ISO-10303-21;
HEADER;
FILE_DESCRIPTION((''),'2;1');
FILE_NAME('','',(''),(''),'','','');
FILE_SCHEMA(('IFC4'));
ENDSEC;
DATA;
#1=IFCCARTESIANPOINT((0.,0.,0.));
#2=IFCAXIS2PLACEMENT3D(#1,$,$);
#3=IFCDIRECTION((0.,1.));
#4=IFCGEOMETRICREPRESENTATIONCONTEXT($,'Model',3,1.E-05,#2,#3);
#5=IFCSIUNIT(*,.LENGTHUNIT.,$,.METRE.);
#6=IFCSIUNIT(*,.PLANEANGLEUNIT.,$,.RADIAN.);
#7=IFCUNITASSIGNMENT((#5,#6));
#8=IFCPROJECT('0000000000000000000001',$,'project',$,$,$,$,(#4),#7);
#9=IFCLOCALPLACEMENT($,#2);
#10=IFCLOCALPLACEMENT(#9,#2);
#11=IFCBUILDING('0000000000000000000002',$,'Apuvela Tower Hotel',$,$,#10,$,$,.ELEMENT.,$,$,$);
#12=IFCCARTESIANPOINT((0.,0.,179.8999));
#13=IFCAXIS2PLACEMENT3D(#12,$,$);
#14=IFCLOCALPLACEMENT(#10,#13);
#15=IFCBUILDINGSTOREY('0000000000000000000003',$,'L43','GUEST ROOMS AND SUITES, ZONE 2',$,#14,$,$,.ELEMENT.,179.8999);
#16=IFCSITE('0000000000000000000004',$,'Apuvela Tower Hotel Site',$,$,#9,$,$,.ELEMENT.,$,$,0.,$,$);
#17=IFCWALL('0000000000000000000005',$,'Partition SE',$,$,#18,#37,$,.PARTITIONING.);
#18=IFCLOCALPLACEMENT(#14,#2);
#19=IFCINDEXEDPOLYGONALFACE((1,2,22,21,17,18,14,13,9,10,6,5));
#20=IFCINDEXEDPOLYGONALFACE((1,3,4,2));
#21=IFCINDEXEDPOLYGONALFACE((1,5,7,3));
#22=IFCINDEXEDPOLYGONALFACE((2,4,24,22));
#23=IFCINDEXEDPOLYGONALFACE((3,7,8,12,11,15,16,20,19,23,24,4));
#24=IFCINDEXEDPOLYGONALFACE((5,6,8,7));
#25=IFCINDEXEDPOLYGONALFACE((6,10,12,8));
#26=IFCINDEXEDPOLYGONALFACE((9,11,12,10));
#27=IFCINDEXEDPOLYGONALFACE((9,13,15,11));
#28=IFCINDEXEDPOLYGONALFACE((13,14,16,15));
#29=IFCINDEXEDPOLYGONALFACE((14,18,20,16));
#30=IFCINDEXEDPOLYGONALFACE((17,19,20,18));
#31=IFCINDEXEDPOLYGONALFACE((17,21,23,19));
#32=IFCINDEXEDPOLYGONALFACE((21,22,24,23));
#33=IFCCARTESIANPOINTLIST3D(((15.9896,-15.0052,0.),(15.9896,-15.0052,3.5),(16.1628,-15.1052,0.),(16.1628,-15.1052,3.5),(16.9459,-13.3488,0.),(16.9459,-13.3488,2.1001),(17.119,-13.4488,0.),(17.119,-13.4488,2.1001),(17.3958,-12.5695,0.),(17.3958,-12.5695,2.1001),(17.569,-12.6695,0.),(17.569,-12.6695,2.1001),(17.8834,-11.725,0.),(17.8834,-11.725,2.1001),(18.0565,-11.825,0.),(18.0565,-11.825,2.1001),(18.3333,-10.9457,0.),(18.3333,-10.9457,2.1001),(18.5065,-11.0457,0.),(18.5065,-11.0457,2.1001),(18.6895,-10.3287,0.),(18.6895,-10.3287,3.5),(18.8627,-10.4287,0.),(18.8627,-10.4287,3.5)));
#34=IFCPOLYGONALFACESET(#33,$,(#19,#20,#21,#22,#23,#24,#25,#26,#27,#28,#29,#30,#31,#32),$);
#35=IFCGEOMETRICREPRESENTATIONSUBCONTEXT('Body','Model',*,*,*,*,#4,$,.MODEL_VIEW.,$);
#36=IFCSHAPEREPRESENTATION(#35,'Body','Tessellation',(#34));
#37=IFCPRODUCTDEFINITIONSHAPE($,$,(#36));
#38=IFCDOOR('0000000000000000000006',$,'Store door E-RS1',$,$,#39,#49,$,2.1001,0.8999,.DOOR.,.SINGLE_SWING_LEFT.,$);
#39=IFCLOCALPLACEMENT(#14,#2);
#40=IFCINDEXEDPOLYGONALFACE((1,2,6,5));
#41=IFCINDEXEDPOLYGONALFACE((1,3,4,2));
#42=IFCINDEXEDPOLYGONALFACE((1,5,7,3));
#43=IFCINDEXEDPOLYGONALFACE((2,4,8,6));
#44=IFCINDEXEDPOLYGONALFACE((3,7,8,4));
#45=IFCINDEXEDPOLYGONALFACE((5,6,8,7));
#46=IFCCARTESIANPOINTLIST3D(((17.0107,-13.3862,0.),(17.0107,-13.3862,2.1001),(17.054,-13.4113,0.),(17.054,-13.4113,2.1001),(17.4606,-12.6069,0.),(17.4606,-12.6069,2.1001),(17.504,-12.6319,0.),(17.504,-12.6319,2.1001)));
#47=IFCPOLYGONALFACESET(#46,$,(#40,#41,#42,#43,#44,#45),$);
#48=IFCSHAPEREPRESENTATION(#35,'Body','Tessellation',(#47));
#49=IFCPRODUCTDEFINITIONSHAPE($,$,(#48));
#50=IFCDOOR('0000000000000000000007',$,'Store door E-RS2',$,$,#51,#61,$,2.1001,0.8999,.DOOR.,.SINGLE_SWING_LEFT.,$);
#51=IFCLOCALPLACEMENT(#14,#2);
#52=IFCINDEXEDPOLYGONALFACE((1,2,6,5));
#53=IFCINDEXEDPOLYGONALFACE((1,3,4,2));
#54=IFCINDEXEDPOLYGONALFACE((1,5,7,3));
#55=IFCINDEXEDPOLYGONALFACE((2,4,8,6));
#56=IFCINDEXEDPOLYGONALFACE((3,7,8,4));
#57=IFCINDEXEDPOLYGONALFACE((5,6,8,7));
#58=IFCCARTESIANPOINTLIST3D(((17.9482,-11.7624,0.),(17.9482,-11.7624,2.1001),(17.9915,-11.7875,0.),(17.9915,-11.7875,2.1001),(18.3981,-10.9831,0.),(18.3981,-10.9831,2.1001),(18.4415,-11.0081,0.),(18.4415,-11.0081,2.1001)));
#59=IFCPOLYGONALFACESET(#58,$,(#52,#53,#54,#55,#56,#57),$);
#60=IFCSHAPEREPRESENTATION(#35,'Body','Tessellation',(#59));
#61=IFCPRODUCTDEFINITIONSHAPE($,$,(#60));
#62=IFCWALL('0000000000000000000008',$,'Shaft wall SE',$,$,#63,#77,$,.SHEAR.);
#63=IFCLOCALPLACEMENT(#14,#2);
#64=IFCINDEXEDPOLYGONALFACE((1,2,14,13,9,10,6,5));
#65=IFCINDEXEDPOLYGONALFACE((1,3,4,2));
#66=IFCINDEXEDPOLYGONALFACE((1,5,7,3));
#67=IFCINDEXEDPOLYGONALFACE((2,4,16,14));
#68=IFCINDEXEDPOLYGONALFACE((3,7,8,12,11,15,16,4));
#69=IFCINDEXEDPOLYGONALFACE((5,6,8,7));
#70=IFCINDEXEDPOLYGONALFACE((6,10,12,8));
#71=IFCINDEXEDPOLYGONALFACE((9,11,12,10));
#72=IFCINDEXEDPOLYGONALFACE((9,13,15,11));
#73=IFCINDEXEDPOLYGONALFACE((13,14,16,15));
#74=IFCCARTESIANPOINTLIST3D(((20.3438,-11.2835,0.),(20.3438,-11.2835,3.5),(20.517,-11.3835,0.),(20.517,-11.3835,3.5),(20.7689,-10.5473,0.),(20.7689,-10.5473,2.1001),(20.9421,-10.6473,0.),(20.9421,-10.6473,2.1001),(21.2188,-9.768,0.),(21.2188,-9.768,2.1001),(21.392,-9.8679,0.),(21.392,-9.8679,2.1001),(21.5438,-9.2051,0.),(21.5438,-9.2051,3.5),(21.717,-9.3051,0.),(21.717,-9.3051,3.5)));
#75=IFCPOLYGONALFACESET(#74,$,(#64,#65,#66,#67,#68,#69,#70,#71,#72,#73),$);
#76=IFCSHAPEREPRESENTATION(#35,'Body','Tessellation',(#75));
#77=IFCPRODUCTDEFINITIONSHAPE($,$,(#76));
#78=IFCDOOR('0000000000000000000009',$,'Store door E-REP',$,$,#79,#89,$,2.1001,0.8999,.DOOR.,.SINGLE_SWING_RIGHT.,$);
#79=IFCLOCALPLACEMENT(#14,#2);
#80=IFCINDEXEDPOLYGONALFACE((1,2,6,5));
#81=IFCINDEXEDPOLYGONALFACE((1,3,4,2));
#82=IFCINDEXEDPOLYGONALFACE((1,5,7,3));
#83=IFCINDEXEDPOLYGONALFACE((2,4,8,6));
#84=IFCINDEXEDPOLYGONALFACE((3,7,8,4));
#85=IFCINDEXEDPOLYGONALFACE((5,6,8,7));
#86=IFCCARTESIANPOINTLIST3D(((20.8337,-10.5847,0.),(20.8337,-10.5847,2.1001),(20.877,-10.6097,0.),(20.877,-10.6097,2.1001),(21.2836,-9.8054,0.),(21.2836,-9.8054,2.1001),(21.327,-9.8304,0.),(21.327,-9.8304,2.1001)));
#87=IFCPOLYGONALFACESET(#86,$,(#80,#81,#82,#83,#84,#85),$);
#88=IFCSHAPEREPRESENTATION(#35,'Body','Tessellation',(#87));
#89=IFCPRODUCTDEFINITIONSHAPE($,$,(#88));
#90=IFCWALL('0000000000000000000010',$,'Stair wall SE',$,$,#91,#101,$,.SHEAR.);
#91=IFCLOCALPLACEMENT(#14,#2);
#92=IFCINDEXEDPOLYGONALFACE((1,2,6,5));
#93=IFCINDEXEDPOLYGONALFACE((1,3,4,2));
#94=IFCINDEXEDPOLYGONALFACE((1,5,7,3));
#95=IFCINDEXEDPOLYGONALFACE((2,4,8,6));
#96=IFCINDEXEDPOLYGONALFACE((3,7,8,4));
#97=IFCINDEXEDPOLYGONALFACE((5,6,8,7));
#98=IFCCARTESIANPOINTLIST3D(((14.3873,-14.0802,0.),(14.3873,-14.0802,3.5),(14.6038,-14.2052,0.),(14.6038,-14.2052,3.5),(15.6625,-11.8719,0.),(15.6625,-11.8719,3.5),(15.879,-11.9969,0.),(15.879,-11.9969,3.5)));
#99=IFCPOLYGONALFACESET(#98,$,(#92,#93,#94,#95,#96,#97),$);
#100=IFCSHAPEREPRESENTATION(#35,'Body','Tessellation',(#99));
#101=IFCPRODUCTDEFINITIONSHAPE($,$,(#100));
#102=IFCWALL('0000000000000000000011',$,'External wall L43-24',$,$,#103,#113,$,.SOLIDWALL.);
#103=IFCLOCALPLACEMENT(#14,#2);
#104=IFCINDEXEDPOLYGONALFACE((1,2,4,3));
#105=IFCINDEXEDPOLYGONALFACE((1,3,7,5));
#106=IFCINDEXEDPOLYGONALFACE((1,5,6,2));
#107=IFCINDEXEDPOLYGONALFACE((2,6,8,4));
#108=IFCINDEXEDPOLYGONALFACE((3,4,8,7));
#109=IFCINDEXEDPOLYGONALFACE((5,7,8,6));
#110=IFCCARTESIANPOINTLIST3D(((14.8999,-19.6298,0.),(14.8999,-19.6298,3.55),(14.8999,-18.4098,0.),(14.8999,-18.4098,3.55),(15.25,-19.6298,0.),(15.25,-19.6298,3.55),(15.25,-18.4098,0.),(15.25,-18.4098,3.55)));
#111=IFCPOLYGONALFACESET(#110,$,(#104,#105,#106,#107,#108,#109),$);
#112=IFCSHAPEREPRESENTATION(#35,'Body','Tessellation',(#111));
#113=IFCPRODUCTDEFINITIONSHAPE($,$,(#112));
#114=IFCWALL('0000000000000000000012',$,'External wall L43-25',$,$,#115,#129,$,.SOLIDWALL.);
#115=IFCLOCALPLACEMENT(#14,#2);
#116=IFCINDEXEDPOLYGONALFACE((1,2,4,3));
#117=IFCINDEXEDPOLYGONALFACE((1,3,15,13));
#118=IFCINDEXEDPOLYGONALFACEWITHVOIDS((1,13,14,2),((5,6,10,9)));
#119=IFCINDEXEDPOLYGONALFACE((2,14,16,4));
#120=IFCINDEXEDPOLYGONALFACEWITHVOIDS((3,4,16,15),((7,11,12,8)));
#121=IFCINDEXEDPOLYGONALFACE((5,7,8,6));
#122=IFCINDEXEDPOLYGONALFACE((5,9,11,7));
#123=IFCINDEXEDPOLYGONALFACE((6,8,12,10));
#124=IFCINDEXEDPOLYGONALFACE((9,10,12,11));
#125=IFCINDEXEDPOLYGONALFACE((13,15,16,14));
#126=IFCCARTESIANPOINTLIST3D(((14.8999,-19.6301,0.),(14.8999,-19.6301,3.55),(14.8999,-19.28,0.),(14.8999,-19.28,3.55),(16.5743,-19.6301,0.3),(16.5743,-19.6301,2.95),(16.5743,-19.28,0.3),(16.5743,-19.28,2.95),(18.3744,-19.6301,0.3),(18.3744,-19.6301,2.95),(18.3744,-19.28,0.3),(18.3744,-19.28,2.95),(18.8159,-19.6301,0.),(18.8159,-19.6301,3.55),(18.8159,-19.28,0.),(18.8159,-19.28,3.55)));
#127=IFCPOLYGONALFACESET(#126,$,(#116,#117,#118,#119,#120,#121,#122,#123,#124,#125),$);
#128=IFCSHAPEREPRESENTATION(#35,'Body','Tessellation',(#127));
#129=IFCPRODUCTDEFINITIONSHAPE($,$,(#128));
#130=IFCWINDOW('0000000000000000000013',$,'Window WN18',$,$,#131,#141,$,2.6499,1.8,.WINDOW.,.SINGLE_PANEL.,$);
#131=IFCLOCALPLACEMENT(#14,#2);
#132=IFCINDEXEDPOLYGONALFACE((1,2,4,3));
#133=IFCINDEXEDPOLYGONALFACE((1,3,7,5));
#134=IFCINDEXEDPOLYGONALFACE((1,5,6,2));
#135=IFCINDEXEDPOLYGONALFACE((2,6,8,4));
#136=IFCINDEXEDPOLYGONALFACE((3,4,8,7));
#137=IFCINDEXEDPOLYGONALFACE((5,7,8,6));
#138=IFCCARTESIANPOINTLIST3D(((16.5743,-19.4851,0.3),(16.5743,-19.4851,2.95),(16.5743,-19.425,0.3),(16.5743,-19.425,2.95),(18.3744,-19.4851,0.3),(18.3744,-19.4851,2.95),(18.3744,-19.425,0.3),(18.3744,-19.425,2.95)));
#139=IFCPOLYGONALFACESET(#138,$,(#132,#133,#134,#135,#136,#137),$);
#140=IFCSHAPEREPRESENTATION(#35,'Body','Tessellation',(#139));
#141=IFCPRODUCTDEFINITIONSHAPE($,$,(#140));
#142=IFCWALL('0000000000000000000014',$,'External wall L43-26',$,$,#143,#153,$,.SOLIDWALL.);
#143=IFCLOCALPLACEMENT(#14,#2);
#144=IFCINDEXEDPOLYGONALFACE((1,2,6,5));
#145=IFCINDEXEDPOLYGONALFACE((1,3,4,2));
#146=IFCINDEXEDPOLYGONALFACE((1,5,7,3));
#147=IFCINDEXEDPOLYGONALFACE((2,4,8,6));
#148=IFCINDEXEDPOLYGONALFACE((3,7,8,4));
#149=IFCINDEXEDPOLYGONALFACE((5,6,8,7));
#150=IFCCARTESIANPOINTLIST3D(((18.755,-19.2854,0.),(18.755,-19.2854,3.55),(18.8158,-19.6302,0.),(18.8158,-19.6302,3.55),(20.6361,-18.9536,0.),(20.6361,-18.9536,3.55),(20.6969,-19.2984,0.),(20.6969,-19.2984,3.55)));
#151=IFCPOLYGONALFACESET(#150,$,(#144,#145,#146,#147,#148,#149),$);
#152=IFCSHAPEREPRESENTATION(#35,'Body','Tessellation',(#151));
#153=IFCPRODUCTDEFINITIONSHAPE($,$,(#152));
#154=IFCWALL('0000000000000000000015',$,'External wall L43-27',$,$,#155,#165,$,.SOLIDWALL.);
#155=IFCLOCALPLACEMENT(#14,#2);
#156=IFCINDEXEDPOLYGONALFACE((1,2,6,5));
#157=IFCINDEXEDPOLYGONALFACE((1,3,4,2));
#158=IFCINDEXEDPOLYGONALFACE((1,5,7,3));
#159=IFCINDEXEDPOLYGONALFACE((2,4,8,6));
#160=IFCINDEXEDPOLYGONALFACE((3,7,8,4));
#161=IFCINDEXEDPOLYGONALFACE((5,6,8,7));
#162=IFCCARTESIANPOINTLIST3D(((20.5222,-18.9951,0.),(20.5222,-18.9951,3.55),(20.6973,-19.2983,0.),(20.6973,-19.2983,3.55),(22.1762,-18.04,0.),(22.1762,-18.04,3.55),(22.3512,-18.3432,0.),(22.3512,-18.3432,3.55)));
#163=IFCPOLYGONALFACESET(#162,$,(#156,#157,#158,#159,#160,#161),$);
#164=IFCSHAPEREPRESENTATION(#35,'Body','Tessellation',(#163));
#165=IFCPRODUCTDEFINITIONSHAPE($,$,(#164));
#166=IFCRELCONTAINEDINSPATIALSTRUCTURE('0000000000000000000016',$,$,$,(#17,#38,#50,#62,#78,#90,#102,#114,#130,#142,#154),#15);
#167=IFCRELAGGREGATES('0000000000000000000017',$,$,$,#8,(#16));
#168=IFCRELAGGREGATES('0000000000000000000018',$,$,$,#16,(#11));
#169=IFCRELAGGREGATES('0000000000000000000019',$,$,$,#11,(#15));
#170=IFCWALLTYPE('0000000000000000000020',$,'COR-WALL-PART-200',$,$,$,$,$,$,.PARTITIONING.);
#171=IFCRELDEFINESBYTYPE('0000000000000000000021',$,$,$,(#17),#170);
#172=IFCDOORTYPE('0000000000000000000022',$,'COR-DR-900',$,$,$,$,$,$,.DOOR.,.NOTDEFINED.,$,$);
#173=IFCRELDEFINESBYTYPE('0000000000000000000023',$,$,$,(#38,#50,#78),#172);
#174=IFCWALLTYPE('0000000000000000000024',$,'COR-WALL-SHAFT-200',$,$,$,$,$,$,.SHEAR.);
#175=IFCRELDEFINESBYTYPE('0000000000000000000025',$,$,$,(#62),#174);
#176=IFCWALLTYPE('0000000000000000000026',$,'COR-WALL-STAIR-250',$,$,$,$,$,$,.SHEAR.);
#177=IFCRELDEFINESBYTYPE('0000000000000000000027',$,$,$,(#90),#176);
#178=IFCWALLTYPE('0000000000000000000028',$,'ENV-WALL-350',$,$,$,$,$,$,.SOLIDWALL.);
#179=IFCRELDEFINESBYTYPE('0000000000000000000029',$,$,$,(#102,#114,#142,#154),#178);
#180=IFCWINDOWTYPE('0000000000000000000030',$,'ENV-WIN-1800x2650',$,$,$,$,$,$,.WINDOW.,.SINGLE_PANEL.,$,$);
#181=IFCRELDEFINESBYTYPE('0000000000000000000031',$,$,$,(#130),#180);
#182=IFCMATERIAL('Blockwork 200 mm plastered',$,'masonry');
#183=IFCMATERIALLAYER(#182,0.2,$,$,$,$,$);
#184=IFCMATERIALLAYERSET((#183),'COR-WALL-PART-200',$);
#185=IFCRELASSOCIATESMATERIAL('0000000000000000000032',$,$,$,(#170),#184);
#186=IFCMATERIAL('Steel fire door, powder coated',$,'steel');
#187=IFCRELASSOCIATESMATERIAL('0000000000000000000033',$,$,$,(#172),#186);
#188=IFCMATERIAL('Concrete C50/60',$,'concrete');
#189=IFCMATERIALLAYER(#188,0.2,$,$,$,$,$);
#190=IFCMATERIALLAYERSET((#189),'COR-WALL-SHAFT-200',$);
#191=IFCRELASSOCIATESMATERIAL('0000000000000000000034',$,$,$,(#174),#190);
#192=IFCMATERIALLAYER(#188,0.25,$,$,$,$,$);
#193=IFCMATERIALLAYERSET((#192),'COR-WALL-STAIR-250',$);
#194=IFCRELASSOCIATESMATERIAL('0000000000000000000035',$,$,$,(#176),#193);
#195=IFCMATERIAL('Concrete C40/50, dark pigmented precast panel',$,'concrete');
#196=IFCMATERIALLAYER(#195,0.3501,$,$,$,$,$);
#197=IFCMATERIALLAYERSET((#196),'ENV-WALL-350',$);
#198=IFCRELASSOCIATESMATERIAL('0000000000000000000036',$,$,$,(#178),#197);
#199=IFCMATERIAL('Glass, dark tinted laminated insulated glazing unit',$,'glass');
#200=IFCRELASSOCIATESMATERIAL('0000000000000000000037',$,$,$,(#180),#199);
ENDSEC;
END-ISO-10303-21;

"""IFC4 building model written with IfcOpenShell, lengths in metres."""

from ifc_helpers import new_model, si_unit, direction, frame, frame_2d, origin, place, context, subcontext, project, spatial, rectangle, extrude, material, layer, layer_set, type_object, element, fill, save


model = new_model("IFC4")

# Units and contexts
model_context = context("Model", 3, precision=1e-05, world=origin(), true_north=direction((0.0, 1.0)))
body_context = subcontext(model_context, "Body", "Model", "MODEL_VIEW")
ifc_project = project(units=[si_unit("LENGTHUNIT", "METRE"), si_unit("PLANEANGLEUNIT", "RADIAN")], contexts=[model_context])

# Site, building, storey
site_placement = place(None, origin())
site = spatial("IfcSite", under=ifc_project, at=site_placement, Name="Apuvela Tower Hotel Site", CompositionType="ELEMENT", RefElevation=0.0)
building_placement = place(site_placement, origin())
building = spatial("IfcBuilding", under=site, at=building_placement, Name="Apuvela Tower Hotel", CompositionType="ELEMENT")
storey_placement = place(building_placement, frame((0.0, 0.0, 179.8999)))
storey = spatial("IfcBuildingStorey", under=building, at=storey_placement, Name="L43", Description="GUEST ROOMS AND SUITES, ZONE 2", CompositionType="ELEMENT", Elevation=179.8999)

# Wall, openings, doors
ifc_material_1 = material(Name="Blockwork 200 mm plastered", Category="masonry")
ifc_layer_1 = layer(ifc_material_1, 0.2)
ifc_layer_set_1 = layer_set([ifc_layer_1], Name="COR-WALL-PART-200")
wall_type_1 = type_object("IfcWallType", Name="COR-WALL-PART-200", PredefinedType="PARTITIONING", material=ifc_layer_set_1)
wall_1_placement = place(storey_placement, frame((16.0762, -15.0552, 0.0), z_axis=(0.0, 0.0, 1.0), x_axis=(0.499995, 0.866028, 0.0)))
wall_1 = element("IfcWall", 1, at=wall_1_placement, inside=storey, type_object=wall_type_1, Name="Partition SE", PredefinedType="PARTITIONING", context=body_context, shape_type="SweptSolid", body=[
    extrude(rectangle(XDim=5.3999, YDim=0.2, at=frame_2d((2.7, 0.0))), origin(), (0.0, 0.0, 1.0), 3.5),
])
opening_1_placement = place(wall_1_placement, frame((1.9126, 0.0, 0.0)))
opening_1 = element("IfcOpeningElement", 2, at=opening_1_placement, cuts=wall_1, PredefinedType="OPENING", context=body_context, shape_type="SweptSolid", body=[
    extrude(rectangle(XDim=0.8999, YDim=2.1001, at=frame_2d((0.45, 1.05))), frame((0.0, 0.1099, 0.0), z_axis=(0.0, -1.0, 0.0), x_axis=(1.0, 0.0, 0.0)), (0.0, 0.0, 1.0), 0.22),
])
opening_2_placement = place(wall_1_placement, frame((3.7876, 0.0, 0.0)))
opening_2 = element("IfcOpeningElement", 3, at=opening_2_placement, cuts=wall_1, PredefinedType="OPENING", context=body_context, shape_type="SweptSolid", body=[
    extrude(rectangle(XDim=0.8999, YDim=2.1001, at=frame_2d((0.45, 1.05))), frame((0.0, 0.1099, 0.0), z_axis=(0.0, -1.0, 0.0), x_axis=(1.0, 0.0, 0.0)), (0.0, 0.0, 1.0), 0.22),
])
ifc_material_2 = material(Name="Steel fire door, powder coated", Category="steel")
door_type_1 = type_object("IfcDoorType", Name="COR-DR-900", OperationType="NOTDEFINED", PredefinedType="DOOR", material=ifc_material_2)
door_1_placement = place(opening_1_placement, frame((0.8999, 0.0, 0.0), z_axis=(0.0, 0.0, 1.0), x_axis=(-1.0, 0.0, 0.0)))
door_1 = element("IfcDoor", 4, at=door_1_placement, inside=storey, type_object=door_type_1, Name="Store door E-RS1", OperationType="SINGLE_SWING_LEFT", OverallHeight=2.1001, OverallWidth=0.8999, PredefinedType="DOOR", context=body_context, shape_type="SweptSolid", body=[
    extrude(rectangle(XDim=0.8999, YDim=2.1001, at=frame_2d((0.45, 1.05))), frame((0.0, 0.0249, 0.0), z_axis=(0.0, -1.0, 0.0), x_axis=(1.0, 0.0, 0.0)), (0.0, 0.0, 1.0), 0.05),
])
fill(opening_1, door_1)
door_2_placement = place(opening_2_placement, frame((0.8999, 0.0, 0.0), z_axis=(0.0, 0.0, 1.0), x_axis=(-1.0, 0.0, 0.0)))
door_2 = element("IfcDoor", 5, at=door_2_placement, inside=storey, type_object=door_type_1, Name="Store door E-RS2", OperationType="SINGLE_SWING_LEFT", OverallHeight=2.1001, OverallWidth=0.8999, PredefinedType="DOOR", context=body_context, shape_type="SweptSolid", body=[
    extrude(rectangle(XDim=0.8999, YDim=2.1001, at=frame_2d((0.45, 1.05))), frame((0.0, 0.0249, 0.0), z_axis=(0.0, -1.0, 0.0), x_axis=(1.0, 0.0, 0.0)), (0.0, 0.0, 1.0), 0.05),
])
fill(opening_2, door_2)

# Wall, opening, door
ifc_material_3 = material(Name="Concrete C50/60", Category="concrete")
ifc_layer_2 = layer(ifc_material_3, 0.2)
ifc_layer_set_2 = layer_set([ifc_layer_2], Name="COR-WALL-SHAFT-200")
wall_type_2 = type_object("IfcWallType", Name="COR-WALL-SHAFT-200", PredefinedType="SHEAR", material=ifc_layer_set_2)
wall_2_placement = place(storey_placement, frame((20.4304, -11.3335, 0.0), z_axis=(0.0, 0.0, 1.0), x_axis=(0.500001, 0.866025, 0.0)))
wall_2 = element("IfcWall", 6, at=wall_2_placement, inside=storey, type_object=wall_type_2, Name="Shaft wall SE", PredefinedType="SHEAR", context=body_context, shape_type="SweptSolid", body=[
    extrude(rectangle(XDim=2.3999, YDim=0.2, at=frame_2d((1.2, 0.0))), origin(), (0.0, 0.0, 1.0), 3.5),
])
opening_3_placement = place(wall_2_placement, frame((0.8501, 0.0, 0.0)))
opening_3 = element("IfcOpeningElement", 7, at=opening_3_placement, cuts=wall_2, PredefinedType="OPENING", context=body_context, shape_type="SweptSolid", body=[
    extrude(rectangle(XDim=0.8999, YDim=2.1001, at=frame_2d((0.45, 1.05))), frame((0.0, 0.1099, 0.0), z_axis=(0.0, -1.0, 0.0), x_axis=(1.0, 0.0, 0.0)), (0.0, 0.0, 1.0), 0.22),
])
door_3_placement = place(opening_3_placement, frame((0.8999, 0.0, 0.0), z_axis=(0.0, 0.0, 1.0), x_axis=(-1.0, 0.0, 0.0)))
door_3 = element("IfcDoor", 8, at=door_3_placement, inside=storey, type_object=door_type_1, Name="Store door E-REP", OperationType="SINGLE_SWING_RIGHT", OverallHeight=2.1001, OverallWidth=0.8999, PredefinedType="DOOR", context=body_context, shape_type="SweptSolid", body=[
    extrude(rectangle(XDim=0.8999, YDim=2.1001, at=frame_2d((0.45, 1.05))), frame((0.0, 0.0249, 0.0), z_axis=(0.0, -1.0, 0.0), x_axis=(1.0, 0.0, 0.0)), (0.0, 0.0, 1.0), 0.05),
])
fill(opening_3, door_3)

# Walls
ifc_layer_3 = layer(ifc_material_3, 0.25)
ifc_layer_set_3 = layer_set([ifc_layer_3], Name="COR-WALL-STAIR-250")
wall_type_3 = type_object("IfcWallType", Name="COR-WALL-STAIR-250", PredefinedType="SHEAR", material=ifc_layer_set_3)
wall_3_placement = place(storey_placement, frame((14.4956, -14.1426, 0.0), z_axis=(0.0, 0.0, 1.0), x_axis=(0.500062, 0.865989, 0.0)))
element("IfcWall", 9, at=wall_3_placement, inside=storey, type_object=wall_type_3, Name="Stair wall SE", PredefinedType="SHEAR", context=body_context, shape_type="SweptSolid", body=[
    extrude(rectangle(XDim=2.55, YDim=0.25, at=frame_2d((1.2749, 0.0))), origin(), (0.0, 0.0, 1.0), 3.5),
])
ifc_material_4 = material(Name="Concrete C40/50, dark pigmented precast panel", Category="concrete")
ifc_layer_4 = layer(ifc_material_4, 0.3501)
ifc_layer_set_4 = layer_set([ifc_layer_4], Name="ENV-WALL-350")
wall_type_4 = type_object("IfcWallType", Name="ENV-WALL-350", PredefinedType="SOLIDWALL", material=ifc_layer_set_4)
wall_4_placement = place(storey_placement, frame((15.075, -18.4099, 0.0), z_axis=(0.0, 0.0, 1.0), x_axis=(0.0, -1.0, 0.0)))
element("IfcWall", 10, at=wall_4_placement, inside=storey, type_object=wall_type_4, Name="External wall L43-24", PredefinedType="SOLIDWALL", context=body_context, shape_type="SweptSolid", body=[
    extrude(rectangle(XDim=1.22, YDim=0.3501, at=frame_2d((0.6099, 0.0))), origin(), (0.0, 0.0, 1.0), 3.55),
])

# Wall, opening, window
wall_5_placement = place(storey_placement, frame((14.8999, -19.4551, 0.0), z_axis=(0.0, 0.0, 1.0), x_axis=(1.0, 0.0, 0.0)))
wall_5 = element("IfcWall", 11, at=wall_5_placement, inside=storey, type_object=wall_type_4, Name="External wall L43-25", PredefinedType="SOLIDWALL", context=body_context, shape_type="SweptSolid", body=[
    extrude(rectangle(XDim=3.916, YDim=0.3501, at=frame_2d((1.958, 0.0))), origin(), (0.0, 0.0, 1.0), 3.55),
])
opening_4_placement = place(wall_5_placement, frame((1.6746, 0.0, 0.3)))
opening_4 = element("IfcOpeningElement", 12, at=opening_4_placement, cuts=wall_5, PredefinedType="OPENING", context=body_context, shape_type="SweptSolid", body=[
    extrude(rectangle(XDim=1.8, YDim=2.6499, at=frame_2d((0.8999, 1.325))), frame((0.0, 0.1851, 0.0), z_axis=(0.0, -1.0, 0.0), x_axis=(1.0, 0.0, 0.0)), (0.0, 0.0, 1.0), 0.3701),
])
ifc_material_5 = material(Name="Glass, dark tinted laminated insulated glazing unit", Category="glass")
window_type = type_object("IfcWindowType", Name="ENV-WIN-1800x2650", PartitioningType="SINGLE_PANEL", PredefinedType="WINDOW", material=ifc_material_5)
window_placement = place(opening_4_placement, origin())
window = element("IfcWindow", 13, at=window_placement, inside=storey, type_object=window_type, Name="Window WN18", OverallHeight=2.6499, OverallWidth=1.8, PartitioningType="SINGLE_PANEL", PredefinedType="WINDOW", context=body_context, shape_type="SweptSolid", body=[
    extrude(rectangle(XDim=1.8, YDim=2.6499, at=frame_2d((0.8999, 1.325))), frame((0.0, 0.03, 0.0), z_axis=(0.0, -1.0, 0.0), x_axis=(1.0, 0.0, 0.0)), (0.0, 0.0, 1.0), 0.0601),
])
fill(opening_4, window)

# Walls
wall_6_placement = place(storey_placement, frame((18.7854, -19.4578, 0.0), z_axis=(0.0, 0.0, 1.0), x_axis=(0.984799, 0.173698, 0.0)))
element("IfcWall", 14, at=wall_6_placement, inside=storey, type_object=wall_type_4, Name="External wall L43-26", PredefinedType="SOLIDWALL", context=body_context, shape_type="SweptSolid", body=[
    extrude(rectangle(XDim=1.9102, YDim=0.3501, at=frame_2d((0.9551, 0.0))), origin(), (0.0, 0.0, 1.0), 3.55),
])
for number, where, z_axis, x_axis, name in (
    (15, (20.6096, -19.1467, 0.0), (0.0, 0.0, 1.0), (0.866, 0.500043, 0.0), "External wall L43-27"),
):
    element("IfcWall", number, at=place(storey_placement, frame(where, z_axis=z_axis, x_axis=x_axis)), inside=storey, type_object=wall_type_4, Name=name, PredefinedType="SOLIDWALL", context=body_context, shape_type="SweptSolid", body=[
        extrude(rectangle(XDim=1.9099, YDim=0.3501, at=frame_2d((0.9551, 0.0))), origin(), (0.0, 0.0, 1.0), 3.55),
    ])

save(model, "model.ifc")
